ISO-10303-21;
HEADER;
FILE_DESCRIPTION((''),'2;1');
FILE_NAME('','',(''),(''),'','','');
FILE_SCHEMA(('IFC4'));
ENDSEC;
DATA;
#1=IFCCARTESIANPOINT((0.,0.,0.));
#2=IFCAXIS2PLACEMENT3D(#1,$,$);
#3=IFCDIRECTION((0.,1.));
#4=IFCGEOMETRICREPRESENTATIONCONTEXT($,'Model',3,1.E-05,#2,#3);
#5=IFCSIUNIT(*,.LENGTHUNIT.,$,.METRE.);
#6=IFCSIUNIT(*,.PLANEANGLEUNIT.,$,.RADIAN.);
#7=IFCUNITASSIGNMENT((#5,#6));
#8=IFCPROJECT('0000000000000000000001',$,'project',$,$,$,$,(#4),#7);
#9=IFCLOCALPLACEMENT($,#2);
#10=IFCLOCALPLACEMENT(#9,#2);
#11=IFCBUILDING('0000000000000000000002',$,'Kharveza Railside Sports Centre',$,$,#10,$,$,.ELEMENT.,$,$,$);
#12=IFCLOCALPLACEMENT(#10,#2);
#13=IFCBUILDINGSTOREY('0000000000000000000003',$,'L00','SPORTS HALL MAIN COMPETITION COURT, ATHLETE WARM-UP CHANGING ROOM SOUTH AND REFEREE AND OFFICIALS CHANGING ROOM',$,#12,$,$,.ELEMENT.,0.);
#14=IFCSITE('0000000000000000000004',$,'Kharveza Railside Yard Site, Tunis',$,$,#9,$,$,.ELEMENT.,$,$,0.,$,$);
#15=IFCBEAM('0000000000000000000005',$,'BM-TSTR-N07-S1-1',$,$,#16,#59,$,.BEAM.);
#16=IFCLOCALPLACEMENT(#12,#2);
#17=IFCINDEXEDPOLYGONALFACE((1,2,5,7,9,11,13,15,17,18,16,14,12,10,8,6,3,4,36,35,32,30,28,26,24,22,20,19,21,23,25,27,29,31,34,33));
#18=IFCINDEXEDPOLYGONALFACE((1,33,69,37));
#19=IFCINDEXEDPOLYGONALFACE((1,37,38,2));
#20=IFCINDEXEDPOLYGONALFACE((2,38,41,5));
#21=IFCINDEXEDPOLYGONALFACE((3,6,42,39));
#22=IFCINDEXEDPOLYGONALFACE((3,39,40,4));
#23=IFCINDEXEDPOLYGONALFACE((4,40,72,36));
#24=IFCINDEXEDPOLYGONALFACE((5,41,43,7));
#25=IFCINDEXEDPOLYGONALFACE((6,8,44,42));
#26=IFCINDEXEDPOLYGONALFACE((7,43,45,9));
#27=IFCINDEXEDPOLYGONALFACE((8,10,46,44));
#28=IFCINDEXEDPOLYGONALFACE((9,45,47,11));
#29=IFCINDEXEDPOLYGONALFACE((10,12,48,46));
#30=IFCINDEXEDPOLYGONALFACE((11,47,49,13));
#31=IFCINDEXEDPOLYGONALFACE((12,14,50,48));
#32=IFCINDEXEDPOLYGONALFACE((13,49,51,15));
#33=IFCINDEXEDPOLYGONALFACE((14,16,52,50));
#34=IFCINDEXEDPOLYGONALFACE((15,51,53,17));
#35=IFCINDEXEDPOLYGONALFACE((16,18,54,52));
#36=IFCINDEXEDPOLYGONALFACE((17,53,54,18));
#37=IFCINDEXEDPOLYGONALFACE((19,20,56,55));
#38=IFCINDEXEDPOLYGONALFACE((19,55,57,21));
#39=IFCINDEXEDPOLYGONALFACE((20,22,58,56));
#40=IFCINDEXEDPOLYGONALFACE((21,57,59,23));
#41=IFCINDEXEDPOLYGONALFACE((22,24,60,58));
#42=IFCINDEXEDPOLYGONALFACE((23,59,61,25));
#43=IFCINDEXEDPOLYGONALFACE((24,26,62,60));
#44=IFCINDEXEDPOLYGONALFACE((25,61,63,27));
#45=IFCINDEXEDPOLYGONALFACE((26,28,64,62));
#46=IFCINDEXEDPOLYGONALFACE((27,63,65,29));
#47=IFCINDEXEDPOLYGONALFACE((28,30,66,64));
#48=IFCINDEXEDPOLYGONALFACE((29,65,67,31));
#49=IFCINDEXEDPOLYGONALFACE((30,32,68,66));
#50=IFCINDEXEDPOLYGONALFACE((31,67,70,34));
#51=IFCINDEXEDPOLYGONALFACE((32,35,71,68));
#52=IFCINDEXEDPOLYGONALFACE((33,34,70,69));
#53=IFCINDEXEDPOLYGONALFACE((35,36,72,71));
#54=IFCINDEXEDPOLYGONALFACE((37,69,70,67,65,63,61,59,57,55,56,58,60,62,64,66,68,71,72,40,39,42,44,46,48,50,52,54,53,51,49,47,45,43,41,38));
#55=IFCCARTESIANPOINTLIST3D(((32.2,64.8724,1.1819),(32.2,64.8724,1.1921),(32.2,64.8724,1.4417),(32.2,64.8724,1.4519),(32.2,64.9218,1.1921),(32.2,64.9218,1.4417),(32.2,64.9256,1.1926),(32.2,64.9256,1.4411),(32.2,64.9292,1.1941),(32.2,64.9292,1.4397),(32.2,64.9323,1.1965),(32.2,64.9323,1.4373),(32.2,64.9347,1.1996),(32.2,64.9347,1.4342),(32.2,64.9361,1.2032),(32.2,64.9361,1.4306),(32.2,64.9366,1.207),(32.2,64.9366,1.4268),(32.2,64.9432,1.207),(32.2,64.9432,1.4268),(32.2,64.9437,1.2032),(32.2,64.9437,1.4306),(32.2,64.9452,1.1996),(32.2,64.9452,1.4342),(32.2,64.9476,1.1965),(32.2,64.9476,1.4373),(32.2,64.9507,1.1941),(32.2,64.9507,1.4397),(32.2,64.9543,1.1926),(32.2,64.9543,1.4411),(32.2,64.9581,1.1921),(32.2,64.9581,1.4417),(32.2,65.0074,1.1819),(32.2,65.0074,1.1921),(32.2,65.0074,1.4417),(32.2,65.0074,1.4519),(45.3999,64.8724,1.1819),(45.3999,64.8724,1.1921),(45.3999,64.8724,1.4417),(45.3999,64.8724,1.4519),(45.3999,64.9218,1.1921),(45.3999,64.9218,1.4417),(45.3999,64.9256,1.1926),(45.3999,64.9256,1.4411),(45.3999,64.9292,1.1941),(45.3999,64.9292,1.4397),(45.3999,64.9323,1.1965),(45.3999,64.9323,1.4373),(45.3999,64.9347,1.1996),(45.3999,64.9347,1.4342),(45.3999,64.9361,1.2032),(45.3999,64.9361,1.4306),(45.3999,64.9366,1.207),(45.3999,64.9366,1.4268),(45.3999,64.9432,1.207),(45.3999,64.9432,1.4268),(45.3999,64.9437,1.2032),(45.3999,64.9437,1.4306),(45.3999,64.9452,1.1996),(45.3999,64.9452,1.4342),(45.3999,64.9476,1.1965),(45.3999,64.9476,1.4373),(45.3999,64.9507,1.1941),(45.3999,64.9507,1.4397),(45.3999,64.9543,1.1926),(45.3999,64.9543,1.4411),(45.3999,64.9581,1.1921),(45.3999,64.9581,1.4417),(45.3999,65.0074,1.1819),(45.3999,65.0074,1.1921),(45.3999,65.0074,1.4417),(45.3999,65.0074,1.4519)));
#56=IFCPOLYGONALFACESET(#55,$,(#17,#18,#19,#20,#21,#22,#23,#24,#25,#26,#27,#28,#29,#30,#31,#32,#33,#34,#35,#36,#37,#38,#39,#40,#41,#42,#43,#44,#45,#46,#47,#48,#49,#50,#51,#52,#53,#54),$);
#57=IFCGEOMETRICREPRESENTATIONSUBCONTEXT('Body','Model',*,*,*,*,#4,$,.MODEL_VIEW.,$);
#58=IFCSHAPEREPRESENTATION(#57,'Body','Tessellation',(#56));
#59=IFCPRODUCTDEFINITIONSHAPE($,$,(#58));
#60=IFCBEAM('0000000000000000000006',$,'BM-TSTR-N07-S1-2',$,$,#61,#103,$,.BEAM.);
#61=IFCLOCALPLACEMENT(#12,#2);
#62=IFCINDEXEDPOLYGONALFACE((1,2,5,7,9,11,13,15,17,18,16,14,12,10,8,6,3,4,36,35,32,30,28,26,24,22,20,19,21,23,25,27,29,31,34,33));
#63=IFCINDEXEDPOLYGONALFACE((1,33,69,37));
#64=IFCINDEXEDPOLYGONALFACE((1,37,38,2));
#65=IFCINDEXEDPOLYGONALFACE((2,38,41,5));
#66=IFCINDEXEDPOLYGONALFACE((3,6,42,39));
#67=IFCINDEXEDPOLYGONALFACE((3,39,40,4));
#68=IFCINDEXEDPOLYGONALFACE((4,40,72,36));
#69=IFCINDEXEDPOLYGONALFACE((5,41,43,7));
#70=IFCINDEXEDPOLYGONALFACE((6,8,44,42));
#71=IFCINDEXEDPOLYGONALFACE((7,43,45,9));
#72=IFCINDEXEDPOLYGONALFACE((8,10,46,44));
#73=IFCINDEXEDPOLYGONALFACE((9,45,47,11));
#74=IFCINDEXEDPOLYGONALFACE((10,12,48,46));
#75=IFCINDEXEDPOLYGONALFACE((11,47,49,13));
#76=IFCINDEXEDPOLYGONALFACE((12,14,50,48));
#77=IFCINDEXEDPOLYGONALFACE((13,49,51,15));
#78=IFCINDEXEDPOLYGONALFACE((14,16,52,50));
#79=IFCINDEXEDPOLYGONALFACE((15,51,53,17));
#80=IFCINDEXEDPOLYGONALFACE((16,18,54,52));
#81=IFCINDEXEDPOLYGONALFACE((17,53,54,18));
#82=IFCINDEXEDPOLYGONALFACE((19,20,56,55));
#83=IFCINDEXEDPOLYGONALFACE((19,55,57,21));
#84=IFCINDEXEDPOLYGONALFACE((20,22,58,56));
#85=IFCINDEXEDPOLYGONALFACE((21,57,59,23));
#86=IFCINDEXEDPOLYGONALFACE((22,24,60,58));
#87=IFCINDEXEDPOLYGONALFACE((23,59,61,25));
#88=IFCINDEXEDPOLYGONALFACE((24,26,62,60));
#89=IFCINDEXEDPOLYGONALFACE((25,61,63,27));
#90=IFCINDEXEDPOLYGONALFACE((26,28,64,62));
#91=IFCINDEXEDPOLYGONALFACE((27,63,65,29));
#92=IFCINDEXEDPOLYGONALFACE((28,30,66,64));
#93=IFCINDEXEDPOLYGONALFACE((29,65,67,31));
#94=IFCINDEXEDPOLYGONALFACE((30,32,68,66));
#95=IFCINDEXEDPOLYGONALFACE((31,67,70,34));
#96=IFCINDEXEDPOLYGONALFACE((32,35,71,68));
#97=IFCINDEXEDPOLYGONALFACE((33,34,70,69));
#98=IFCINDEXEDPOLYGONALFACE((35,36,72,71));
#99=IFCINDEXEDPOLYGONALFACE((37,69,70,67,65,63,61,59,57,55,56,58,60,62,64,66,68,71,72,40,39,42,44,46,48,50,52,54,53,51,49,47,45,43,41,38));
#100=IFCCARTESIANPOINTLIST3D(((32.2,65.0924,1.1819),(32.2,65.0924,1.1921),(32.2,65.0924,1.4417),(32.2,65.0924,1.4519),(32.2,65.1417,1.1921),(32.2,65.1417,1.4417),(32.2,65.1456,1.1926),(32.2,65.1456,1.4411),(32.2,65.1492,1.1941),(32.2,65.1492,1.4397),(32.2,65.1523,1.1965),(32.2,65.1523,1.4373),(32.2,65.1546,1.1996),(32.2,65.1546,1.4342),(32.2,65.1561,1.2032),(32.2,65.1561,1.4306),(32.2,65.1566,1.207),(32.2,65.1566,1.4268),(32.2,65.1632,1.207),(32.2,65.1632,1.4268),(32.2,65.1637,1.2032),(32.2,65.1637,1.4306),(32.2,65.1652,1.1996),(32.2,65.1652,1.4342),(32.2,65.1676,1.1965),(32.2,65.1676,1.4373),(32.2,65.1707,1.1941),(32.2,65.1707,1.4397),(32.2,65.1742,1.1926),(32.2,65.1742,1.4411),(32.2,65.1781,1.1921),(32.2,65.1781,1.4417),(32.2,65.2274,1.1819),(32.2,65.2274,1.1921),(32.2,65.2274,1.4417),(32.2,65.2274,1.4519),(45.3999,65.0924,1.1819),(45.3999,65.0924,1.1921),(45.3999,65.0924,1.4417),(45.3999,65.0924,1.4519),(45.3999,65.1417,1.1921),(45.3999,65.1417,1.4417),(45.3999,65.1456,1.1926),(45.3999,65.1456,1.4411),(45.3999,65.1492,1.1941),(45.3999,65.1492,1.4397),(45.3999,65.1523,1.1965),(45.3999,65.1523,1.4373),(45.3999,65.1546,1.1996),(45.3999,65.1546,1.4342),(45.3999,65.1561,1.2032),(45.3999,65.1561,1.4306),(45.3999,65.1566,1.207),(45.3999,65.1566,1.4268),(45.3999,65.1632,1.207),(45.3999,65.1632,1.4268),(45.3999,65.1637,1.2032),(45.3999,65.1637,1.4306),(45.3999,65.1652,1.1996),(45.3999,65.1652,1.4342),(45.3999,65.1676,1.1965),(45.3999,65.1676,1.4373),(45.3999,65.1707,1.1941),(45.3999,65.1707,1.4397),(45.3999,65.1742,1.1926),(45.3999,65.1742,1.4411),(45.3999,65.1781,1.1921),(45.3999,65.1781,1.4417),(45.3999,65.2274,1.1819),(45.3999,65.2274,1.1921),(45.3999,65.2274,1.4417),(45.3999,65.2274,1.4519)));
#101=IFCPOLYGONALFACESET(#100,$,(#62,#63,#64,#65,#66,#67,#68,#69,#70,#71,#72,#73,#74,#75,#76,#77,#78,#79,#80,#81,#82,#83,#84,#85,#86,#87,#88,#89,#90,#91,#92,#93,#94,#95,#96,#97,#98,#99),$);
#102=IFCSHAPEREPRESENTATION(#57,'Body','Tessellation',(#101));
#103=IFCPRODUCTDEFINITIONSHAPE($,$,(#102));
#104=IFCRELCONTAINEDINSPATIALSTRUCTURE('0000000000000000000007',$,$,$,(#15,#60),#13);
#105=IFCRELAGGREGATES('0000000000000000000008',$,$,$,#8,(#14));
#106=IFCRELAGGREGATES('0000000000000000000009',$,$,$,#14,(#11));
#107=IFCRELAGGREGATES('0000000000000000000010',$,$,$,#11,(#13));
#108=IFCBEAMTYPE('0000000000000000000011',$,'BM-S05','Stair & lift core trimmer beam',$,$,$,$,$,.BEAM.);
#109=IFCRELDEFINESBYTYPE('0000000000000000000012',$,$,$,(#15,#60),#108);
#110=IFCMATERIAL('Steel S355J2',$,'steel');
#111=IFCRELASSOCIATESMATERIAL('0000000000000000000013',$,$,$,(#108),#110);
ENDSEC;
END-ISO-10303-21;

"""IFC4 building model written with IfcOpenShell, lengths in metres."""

from ifc_helpers import new_model, si_unit, direction, frame, origin, origin_2d, place, context, subcontext, project, spatial, i_section, extrude, material, material_profile, profile_set, type_object, element, save


model = new_model("IFC4")

# Units and contexts
model_context = context("Model", 3, precision=1e-05, world=origin(), true_north=direction((0.0, 1.0)))
body_context = subcontext(model_context, "Body", "Model", "MODEL_VIEW")
ifc_project = project(units=[si_unit("LENGTHUNIT", "METRE"), si_unit("PLANEANGLEUNIT", "RADIAN")], contexts=[model_context])

# Site, building, storey
site_placement = place(None, origin())
site = spatial("IfcSite", under=ifc_project, at=site_placement, Name="Kharveza Railside Yard Site, Tunis", CompositionType="ELEMENT", RefElevation=0.0)
building_placement = place(site_placement, origin())
building = spatial("IfcBuilding", under=site, at=building_placement, Name="Kharveza Railside Sports Centre", CompositionType="ELEMENT")
storey_placement = place(building_placement, origin())
storey = spatial("IfcBuildingStorey", under=building, at=storey_placement, Name="L00", Description="SPORTS HALL MAIN COMPETITION COURT, ATHLETE WARM-UP CHANGING ROOM SOUTH AND REFEREE AND OFFICIALS CHANGING ROOM", CompositionType="ELEMENT", Elevation=0.0)

# Shared definitions
ifc_material_1 = material(Name="Steel S355J2", Category="steel")

# Beams
ifc_material_profile_1 = material_profile(ifc_material_1, i_section(OverallWidth=0.135, OverallDepth=0.27, WebThickness=0.0066, FlangeThickness=0.0103, FilletRadius=0.0149, at=origin_2d()), Name="IPE 270")
ifc_profile_set_1 = profile_set([ifc_material_profile_1], Name="Steel S355J2")
beam_type_1 = type_object("IfcBeamType", Name="BM-S05", Description="Stair & lift core trimmer beam", PredefinedType="BEAM", material=ifc_profile_set_1)
for number, where, z_axis, x_axis, name in (
    (1, (32.2, 64.9399, 1.3169), (1.0, 0.0, 0.0), (0.0, 1.0, 0.0), "BM-TSTR-N07-S1-1"),
    (2, (32.2, 65.1599, 1.3169), (1.0, 0.0, 0.0), (0.0, 1.0, 0.0), "BM-TSTR-N07-S1-2"),
):
    element("IfcBeam", number, at=place(storey_placement, frame(where, z_axis=z_axis, x_axis=x_axis)), inside=storey, type_object=beam_type_1, Name=name, PredefinedType="BEAM", context=body_context, shape_type="SweptSolid", body=[
        extrude(i_section(OverallWidth=0.135, OverallDepth=0.27, WebThickness=0.0066, FlangeThickness=0.0103, FilletRadius=0.0149, at=origin_2d()), origin(), (0.0, 0.0, 1.0), 13.2),
    ])

save(model, "model.ifc")
